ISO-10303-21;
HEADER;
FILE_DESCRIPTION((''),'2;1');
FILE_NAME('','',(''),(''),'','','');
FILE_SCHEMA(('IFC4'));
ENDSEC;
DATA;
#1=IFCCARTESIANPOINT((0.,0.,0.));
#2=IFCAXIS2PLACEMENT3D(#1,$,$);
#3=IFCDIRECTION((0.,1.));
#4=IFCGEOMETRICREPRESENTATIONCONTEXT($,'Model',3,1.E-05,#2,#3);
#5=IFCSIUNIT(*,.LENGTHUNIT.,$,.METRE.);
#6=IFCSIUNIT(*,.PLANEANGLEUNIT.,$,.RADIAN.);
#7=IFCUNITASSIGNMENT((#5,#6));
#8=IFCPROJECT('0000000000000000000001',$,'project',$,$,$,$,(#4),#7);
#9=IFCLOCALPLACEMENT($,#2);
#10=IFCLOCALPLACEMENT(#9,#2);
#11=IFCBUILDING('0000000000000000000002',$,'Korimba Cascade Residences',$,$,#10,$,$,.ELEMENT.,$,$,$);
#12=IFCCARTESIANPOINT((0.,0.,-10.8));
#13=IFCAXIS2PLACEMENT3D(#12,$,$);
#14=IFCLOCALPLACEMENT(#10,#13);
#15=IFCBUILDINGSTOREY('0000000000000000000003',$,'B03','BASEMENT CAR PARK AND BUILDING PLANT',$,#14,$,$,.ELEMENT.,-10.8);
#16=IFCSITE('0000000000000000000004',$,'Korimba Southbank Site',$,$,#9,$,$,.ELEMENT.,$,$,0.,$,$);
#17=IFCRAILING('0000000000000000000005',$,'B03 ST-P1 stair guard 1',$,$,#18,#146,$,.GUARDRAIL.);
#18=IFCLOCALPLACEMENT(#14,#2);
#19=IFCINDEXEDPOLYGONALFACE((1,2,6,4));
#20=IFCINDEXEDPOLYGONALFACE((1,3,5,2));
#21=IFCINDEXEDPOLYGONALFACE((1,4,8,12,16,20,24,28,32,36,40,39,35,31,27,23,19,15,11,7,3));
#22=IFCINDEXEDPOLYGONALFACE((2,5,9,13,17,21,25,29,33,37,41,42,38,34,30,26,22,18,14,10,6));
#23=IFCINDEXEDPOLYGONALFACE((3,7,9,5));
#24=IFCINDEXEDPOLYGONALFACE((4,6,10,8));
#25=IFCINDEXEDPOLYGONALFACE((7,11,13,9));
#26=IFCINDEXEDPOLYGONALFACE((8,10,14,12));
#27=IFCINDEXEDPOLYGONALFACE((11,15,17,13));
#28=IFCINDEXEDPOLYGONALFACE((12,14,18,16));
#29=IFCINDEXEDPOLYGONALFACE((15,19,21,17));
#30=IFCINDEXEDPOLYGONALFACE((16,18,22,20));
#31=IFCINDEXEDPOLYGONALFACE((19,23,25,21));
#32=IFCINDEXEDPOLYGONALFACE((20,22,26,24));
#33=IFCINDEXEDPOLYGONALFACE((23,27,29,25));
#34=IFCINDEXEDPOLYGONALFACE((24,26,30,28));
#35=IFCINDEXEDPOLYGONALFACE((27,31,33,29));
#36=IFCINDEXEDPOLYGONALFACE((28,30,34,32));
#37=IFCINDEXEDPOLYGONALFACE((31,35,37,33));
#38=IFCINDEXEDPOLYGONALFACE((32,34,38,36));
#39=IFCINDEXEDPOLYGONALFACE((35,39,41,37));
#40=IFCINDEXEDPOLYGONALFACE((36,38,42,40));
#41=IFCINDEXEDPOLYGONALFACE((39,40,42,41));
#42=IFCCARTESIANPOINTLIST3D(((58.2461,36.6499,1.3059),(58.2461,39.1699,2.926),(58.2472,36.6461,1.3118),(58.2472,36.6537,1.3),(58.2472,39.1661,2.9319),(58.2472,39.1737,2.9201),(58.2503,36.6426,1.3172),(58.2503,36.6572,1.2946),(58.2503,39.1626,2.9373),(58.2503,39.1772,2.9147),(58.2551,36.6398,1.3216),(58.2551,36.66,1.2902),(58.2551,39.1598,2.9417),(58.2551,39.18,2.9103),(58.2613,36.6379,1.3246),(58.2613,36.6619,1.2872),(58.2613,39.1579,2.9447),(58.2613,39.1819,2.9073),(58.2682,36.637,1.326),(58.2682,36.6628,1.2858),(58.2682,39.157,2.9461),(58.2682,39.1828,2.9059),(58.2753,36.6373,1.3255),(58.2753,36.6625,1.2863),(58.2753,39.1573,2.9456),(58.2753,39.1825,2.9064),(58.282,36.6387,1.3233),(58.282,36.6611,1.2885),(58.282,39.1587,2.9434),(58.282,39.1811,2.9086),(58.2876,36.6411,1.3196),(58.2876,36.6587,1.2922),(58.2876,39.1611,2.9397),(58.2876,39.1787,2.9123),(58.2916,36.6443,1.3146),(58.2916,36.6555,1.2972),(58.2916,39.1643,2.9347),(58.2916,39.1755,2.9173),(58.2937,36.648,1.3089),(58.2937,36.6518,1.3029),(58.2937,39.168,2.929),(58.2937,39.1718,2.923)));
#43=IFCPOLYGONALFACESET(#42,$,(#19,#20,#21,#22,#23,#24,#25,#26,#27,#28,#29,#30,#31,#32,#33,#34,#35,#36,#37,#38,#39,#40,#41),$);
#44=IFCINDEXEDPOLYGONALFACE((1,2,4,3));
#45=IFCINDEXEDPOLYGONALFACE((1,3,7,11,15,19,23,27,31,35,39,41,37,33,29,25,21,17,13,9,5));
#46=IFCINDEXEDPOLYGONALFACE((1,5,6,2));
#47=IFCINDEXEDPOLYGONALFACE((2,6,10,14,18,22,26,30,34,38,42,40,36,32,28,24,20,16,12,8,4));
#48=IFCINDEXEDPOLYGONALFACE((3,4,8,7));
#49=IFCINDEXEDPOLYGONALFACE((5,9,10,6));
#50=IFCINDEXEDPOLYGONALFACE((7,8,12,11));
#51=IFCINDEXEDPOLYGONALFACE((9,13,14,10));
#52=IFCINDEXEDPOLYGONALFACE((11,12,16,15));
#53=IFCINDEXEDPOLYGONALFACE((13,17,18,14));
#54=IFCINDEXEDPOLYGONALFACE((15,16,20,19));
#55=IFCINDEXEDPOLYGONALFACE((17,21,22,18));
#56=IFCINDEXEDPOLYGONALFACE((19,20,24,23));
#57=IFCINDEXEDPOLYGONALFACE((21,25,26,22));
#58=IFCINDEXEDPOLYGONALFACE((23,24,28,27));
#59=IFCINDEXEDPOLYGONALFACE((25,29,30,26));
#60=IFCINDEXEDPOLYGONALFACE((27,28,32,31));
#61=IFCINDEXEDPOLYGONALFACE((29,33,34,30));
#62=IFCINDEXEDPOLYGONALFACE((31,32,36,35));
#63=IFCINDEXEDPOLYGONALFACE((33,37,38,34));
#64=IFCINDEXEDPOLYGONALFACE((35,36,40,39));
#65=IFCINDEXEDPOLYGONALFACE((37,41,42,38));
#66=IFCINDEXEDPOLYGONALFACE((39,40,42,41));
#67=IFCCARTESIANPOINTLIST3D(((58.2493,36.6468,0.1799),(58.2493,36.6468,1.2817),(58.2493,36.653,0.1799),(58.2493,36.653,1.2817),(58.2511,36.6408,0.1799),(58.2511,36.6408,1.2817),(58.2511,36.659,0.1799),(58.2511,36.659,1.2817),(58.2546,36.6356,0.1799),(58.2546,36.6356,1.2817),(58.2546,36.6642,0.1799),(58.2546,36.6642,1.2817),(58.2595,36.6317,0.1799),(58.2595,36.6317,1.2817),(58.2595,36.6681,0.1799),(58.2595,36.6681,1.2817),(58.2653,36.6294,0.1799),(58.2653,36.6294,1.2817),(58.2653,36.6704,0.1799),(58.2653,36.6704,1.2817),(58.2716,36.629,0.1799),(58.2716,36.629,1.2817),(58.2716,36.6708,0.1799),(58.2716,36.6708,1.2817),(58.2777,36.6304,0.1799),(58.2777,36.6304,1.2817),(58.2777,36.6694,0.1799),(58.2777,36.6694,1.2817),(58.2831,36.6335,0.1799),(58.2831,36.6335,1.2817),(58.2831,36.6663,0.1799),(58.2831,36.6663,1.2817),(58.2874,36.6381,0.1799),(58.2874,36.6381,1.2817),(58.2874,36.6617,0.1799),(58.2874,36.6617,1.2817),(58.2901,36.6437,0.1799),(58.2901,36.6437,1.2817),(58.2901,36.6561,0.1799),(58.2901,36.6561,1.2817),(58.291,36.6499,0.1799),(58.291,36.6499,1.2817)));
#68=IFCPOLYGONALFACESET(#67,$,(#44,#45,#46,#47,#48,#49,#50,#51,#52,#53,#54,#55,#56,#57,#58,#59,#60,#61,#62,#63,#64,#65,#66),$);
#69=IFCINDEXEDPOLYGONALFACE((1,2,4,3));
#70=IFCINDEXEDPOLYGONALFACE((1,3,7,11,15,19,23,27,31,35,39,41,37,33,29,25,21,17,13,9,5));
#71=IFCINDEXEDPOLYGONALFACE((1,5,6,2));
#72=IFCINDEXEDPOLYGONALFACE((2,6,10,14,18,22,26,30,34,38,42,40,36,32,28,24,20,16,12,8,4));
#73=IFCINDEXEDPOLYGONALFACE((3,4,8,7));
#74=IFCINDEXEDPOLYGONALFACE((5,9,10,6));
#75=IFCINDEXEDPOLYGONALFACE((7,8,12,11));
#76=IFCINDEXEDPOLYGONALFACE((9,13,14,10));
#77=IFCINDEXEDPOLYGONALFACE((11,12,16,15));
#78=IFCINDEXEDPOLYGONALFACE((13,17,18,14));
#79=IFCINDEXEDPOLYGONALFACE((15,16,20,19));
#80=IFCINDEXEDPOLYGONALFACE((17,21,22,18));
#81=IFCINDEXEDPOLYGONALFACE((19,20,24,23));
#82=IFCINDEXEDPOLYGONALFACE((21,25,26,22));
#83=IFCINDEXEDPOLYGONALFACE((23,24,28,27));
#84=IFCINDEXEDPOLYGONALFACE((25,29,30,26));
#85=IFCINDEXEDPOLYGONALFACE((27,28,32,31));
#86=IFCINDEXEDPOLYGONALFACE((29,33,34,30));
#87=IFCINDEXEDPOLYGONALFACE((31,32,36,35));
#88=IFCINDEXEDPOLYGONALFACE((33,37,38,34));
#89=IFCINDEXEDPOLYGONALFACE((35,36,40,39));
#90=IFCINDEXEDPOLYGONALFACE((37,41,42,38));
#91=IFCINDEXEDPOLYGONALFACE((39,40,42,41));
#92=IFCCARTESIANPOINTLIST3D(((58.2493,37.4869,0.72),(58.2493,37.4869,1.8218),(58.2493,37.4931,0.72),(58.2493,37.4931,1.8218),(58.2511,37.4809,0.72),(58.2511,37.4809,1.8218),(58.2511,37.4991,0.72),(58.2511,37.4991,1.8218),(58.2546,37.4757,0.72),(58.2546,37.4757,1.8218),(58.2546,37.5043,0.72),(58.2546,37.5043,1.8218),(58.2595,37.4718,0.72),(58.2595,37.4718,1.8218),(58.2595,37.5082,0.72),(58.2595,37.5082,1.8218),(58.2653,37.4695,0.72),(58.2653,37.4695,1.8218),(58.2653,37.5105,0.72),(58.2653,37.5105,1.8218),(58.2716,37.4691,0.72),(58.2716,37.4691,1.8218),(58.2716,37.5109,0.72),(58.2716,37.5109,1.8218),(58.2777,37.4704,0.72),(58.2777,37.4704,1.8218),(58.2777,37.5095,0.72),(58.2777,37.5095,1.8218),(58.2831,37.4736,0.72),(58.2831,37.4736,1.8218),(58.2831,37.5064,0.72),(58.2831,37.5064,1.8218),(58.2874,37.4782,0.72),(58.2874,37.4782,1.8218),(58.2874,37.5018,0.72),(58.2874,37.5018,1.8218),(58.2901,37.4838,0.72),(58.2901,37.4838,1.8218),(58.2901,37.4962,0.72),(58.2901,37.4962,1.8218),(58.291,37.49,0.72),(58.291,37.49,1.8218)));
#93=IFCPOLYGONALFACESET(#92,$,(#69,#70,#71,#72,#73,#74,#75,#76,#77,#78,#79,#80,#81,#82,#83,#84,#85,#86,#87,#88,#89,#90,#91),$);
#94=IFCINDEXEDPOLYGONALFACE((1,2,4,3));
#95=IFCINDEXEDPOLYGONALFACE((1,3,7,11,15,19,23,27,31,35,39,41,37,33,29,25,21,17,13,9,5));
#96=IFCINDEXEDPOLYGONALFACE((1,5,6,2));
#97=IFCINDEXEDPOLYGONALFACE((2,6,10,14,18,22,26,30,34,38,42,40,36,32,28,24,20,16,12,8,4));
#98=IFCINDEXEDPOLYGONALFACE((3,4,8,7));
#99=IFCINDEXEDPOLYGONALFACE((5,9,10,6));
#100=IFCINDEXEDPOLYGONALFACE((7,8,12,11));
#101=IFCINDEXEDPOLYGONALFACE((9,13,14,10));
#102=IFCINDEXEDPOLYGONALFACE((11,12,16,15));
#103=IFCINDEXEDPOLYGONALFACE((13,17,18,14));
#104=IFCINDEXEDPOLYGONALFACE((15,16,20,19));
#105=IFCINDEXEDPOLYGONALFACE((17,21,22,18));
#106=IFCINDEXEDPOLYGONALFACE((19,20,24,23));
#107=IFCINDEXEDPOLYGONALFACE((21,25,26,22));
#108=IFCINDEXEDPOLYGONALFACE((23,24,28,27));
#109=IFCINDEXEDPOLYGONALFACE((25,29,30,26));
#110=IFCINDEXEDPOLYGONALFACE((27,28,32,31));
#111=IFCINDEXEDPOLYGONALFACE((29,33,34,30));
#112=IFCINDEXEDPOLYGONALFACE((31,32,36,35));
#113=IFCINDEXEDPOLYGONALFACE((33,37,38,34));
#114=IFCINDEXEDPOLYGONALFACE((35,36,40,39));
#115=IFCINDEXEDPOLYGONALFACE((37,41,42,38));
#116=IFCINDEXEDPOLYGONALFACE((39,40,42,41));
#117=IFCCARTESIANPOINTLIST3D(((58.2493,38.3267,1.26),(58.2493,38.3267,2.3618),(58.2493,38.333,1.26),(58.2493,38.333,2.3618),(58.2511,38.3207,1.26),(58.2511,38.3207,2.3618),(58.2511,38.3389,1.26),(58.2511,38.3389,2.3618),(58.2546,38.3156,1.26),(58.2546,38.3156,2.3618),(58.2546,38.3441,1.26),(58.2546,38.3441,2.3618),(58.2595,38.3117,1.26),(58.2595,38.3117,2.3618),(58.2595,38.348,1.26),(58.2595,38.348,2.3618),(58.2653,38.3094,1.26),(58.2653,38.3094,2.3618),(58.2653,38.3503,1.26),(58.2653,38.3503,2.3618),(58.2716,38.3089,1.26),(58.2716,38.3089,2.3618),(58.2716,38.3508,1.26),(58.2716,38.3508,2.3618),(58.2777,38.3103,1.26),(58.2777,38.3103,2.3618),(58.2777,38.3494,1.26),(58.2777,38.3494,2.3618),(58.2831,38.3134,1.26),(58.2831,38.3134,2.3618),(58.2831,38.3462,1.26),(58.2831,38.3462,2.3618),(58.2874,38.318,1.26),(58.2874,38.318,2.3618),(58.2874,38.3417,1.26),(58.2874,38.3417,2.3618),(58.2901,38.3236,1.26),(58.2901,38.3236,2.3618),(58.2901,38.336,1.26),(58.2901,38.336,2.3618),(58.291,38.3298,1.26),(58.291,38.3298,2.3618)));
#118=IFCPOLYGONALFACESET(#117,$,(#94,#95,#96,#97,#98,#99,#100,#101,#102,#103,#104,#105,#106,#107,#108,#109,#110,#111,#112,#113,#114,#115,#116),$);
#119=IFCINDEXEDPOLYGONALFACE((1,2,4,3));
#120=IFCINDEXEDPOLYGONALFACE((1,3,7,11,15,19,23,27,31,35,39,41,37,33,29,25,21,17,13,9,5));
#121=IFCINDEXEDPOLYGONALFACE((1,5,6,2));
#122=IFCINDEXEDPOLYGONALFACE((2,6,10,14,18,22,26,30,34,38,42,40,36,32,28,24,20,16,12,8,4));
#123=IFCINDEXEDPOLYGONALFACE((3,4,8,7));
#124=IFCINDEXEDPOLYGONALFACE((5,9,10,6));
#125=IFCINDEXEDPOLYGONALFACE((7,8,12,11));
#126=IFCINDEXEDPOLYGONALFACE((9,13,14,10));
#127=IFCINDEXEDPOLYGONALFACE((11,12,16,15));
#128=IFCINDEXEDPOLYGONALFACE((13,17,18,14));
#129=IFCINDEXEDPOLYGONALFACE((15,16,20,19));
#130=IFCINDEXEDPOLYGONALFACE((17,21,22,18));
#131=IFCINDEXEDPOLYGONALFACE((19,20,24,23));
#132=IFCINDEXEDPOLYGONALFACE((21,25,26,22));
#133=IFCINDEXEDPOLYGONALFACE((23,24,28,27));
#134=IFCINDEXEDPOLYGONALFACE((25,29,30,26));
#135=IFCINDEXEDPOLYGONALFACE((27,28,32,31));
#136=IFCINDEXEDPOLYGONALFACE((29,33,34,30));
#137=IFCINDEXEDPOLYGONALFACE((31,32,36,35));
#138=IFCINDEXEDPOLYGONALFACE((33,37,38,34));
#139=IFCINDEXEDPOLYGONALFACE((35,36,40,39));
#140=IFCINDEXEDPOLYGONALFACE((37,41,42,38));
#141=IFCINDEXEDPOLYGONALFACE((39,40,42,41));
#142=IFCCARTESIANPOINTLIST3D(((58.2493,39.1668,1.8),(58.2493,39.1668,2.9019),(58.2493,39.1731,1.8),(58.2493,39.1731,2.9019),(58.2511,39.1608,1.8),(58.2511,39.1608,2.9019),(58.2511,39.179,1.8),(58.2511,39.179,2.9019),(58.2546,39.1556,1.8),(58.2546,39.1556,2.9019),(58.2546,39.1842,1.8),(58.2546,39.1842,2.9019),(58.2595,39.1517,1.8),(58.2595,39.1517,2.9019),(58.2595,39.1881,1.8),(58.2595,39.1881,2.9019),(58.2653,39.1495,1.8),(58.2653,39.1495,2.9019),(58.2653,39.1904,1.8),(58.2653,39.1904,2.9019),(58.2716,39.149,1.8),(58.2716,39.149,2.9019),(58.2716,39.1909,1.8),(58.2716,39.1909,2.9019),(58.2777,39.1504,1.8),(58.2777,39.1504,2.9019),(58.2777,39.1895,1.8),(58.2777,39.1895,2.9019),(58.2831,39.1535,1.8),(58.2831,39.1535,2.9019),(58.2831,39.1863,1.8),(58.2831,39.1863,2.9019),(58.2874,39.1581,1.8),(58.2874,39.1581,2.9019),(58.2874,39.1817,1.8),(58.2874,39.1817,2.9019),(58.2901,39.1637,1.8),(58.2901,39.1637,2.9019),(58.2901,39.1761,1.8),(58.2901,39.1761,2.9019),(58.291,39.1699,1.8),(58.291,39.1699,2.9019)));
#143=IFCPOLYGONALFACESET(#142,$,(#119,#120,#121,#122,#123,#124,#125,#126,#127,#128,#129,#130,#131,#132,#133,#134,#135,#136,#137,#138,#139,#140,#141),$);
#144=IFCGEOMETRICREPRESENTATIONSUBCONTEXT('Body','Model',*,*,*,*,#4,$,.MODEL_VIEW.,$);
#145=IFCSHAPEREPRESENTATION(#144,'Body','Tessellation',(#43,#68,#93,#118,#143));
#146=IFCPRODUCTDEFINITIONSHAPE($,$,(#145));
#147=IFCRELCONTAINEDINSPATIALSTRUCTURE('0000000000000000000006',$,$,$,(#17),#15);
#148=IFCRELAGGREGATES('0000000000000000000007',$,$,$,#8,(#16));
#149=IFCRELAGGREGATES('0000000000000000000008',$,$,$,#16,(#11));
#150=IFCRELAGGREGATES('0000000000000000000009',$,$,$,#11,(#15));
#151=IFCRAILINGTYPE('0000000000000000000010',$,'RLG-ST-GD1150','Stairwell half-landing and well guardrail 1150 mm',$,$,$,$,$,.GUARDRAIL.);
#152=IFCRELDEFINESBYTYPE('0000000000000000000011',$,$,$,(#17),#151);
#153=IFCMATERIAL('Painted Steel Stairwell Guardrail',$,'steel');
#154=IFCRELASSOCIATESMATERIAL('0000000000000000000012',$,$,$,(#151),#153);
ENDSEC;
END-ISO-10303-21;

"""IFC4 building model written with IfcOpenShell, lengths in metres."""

from ifc_helpers import new_model, si_unit, direction, frame, origin, origin_2d, place, context, subcontext, project, spatial, circle, extrude, material, type_object, element, save


model = new_model("IFC4")

# Units and contexts
model_context = context("Model", 3, precision=1e-05, world=origin(), true_north=direction((0.0, 1.0)))
body_context = subcontext(model_context, "Body", "Model", "MODEL_VIEW")
ifc_project = project(units=[si_unit("LENGTHUNIT", "METRE"), si_unit("PLANEANGLEUNIT", "RADIAN")], contexts=[model_context])

# Site, building, storey
site_placement = place(None, origin())
site = spatial("IfcSite", under=ifc_project, at=site_placement, Name="Korimba Southbank Site", CompositionType="ELEMENT", RefElevation=0.0)
building_placement = place(site_placement, origin())
building = spatial("IfcBuilding", under=site, at=building_placement, Name="Korimba Cascade Residences", CompositionType="ELEMENT")
storey_placement = place(building_placement, frame((0.0, 0.0, -10.8)))
storey = spatial("IfcBuildingStorey", under=building, at=storey_placement, Name="B03", Description="BASEMENT CAR PARK AND BUILDING PLANT", CompositionType="ELEMENT", Elevation=-10.8)

# Railing
ifc_material_1 = material(Name="Painted Steel Stairwell Guardrail", Category="steel")
railing_type_1 = type_object("IfcRailingType", Name="RLG-ST-GD1150", Description="Stairwell half-landing and well guardrail 1150 mm", PredefinedType="GUARDRAIL", material=ifc_material_1)
railing_1_placement = place(storey_placement, frame((58.27, 36.6499, 0.1799)))
element("IfcRailing", 1, at=railing_1_placement, inside=storey, type_object=railing_type_1, Name="B03 ST-P1 stair guard 1", PredefinedType="GUARDRAIL", context=body_context, shape_type="SweptSolid", body=[
    extrude(circle(Radius=0.0239, at=origin_2d()), frame((0.0, 0.0, 1.126), z_axis=(0.0, 0.841163, 0.540782), x_axis=(-1.0, 0.0, 0.0)), (0.0, 0.0, 1.0), 2.9958),
    extrude(circle(Radius=0.021, at=origin_2d()), origin(), (0.0, 0.0, 1.0), 1.1018),
    extrude(circle(Radius=0.021, at=origin_2d()), frame((0.0, 0.8401, 0.54)), (0.0, 0.0, 1.0), 1.1018),
    extrude(circle(Radius=0.021, at=origin_2d()), frame((0.0, 1.6799, 1.0801)), (0.0, 0.0, 1.0), 1.1018),
    extrude(circle(Radius=0.021, at=origin_2d()), frame((0.0, 2.52, 1.6201)), (0.0, 0.0, 1.0), 1.1018),
])

save(model, "model.ifc")
